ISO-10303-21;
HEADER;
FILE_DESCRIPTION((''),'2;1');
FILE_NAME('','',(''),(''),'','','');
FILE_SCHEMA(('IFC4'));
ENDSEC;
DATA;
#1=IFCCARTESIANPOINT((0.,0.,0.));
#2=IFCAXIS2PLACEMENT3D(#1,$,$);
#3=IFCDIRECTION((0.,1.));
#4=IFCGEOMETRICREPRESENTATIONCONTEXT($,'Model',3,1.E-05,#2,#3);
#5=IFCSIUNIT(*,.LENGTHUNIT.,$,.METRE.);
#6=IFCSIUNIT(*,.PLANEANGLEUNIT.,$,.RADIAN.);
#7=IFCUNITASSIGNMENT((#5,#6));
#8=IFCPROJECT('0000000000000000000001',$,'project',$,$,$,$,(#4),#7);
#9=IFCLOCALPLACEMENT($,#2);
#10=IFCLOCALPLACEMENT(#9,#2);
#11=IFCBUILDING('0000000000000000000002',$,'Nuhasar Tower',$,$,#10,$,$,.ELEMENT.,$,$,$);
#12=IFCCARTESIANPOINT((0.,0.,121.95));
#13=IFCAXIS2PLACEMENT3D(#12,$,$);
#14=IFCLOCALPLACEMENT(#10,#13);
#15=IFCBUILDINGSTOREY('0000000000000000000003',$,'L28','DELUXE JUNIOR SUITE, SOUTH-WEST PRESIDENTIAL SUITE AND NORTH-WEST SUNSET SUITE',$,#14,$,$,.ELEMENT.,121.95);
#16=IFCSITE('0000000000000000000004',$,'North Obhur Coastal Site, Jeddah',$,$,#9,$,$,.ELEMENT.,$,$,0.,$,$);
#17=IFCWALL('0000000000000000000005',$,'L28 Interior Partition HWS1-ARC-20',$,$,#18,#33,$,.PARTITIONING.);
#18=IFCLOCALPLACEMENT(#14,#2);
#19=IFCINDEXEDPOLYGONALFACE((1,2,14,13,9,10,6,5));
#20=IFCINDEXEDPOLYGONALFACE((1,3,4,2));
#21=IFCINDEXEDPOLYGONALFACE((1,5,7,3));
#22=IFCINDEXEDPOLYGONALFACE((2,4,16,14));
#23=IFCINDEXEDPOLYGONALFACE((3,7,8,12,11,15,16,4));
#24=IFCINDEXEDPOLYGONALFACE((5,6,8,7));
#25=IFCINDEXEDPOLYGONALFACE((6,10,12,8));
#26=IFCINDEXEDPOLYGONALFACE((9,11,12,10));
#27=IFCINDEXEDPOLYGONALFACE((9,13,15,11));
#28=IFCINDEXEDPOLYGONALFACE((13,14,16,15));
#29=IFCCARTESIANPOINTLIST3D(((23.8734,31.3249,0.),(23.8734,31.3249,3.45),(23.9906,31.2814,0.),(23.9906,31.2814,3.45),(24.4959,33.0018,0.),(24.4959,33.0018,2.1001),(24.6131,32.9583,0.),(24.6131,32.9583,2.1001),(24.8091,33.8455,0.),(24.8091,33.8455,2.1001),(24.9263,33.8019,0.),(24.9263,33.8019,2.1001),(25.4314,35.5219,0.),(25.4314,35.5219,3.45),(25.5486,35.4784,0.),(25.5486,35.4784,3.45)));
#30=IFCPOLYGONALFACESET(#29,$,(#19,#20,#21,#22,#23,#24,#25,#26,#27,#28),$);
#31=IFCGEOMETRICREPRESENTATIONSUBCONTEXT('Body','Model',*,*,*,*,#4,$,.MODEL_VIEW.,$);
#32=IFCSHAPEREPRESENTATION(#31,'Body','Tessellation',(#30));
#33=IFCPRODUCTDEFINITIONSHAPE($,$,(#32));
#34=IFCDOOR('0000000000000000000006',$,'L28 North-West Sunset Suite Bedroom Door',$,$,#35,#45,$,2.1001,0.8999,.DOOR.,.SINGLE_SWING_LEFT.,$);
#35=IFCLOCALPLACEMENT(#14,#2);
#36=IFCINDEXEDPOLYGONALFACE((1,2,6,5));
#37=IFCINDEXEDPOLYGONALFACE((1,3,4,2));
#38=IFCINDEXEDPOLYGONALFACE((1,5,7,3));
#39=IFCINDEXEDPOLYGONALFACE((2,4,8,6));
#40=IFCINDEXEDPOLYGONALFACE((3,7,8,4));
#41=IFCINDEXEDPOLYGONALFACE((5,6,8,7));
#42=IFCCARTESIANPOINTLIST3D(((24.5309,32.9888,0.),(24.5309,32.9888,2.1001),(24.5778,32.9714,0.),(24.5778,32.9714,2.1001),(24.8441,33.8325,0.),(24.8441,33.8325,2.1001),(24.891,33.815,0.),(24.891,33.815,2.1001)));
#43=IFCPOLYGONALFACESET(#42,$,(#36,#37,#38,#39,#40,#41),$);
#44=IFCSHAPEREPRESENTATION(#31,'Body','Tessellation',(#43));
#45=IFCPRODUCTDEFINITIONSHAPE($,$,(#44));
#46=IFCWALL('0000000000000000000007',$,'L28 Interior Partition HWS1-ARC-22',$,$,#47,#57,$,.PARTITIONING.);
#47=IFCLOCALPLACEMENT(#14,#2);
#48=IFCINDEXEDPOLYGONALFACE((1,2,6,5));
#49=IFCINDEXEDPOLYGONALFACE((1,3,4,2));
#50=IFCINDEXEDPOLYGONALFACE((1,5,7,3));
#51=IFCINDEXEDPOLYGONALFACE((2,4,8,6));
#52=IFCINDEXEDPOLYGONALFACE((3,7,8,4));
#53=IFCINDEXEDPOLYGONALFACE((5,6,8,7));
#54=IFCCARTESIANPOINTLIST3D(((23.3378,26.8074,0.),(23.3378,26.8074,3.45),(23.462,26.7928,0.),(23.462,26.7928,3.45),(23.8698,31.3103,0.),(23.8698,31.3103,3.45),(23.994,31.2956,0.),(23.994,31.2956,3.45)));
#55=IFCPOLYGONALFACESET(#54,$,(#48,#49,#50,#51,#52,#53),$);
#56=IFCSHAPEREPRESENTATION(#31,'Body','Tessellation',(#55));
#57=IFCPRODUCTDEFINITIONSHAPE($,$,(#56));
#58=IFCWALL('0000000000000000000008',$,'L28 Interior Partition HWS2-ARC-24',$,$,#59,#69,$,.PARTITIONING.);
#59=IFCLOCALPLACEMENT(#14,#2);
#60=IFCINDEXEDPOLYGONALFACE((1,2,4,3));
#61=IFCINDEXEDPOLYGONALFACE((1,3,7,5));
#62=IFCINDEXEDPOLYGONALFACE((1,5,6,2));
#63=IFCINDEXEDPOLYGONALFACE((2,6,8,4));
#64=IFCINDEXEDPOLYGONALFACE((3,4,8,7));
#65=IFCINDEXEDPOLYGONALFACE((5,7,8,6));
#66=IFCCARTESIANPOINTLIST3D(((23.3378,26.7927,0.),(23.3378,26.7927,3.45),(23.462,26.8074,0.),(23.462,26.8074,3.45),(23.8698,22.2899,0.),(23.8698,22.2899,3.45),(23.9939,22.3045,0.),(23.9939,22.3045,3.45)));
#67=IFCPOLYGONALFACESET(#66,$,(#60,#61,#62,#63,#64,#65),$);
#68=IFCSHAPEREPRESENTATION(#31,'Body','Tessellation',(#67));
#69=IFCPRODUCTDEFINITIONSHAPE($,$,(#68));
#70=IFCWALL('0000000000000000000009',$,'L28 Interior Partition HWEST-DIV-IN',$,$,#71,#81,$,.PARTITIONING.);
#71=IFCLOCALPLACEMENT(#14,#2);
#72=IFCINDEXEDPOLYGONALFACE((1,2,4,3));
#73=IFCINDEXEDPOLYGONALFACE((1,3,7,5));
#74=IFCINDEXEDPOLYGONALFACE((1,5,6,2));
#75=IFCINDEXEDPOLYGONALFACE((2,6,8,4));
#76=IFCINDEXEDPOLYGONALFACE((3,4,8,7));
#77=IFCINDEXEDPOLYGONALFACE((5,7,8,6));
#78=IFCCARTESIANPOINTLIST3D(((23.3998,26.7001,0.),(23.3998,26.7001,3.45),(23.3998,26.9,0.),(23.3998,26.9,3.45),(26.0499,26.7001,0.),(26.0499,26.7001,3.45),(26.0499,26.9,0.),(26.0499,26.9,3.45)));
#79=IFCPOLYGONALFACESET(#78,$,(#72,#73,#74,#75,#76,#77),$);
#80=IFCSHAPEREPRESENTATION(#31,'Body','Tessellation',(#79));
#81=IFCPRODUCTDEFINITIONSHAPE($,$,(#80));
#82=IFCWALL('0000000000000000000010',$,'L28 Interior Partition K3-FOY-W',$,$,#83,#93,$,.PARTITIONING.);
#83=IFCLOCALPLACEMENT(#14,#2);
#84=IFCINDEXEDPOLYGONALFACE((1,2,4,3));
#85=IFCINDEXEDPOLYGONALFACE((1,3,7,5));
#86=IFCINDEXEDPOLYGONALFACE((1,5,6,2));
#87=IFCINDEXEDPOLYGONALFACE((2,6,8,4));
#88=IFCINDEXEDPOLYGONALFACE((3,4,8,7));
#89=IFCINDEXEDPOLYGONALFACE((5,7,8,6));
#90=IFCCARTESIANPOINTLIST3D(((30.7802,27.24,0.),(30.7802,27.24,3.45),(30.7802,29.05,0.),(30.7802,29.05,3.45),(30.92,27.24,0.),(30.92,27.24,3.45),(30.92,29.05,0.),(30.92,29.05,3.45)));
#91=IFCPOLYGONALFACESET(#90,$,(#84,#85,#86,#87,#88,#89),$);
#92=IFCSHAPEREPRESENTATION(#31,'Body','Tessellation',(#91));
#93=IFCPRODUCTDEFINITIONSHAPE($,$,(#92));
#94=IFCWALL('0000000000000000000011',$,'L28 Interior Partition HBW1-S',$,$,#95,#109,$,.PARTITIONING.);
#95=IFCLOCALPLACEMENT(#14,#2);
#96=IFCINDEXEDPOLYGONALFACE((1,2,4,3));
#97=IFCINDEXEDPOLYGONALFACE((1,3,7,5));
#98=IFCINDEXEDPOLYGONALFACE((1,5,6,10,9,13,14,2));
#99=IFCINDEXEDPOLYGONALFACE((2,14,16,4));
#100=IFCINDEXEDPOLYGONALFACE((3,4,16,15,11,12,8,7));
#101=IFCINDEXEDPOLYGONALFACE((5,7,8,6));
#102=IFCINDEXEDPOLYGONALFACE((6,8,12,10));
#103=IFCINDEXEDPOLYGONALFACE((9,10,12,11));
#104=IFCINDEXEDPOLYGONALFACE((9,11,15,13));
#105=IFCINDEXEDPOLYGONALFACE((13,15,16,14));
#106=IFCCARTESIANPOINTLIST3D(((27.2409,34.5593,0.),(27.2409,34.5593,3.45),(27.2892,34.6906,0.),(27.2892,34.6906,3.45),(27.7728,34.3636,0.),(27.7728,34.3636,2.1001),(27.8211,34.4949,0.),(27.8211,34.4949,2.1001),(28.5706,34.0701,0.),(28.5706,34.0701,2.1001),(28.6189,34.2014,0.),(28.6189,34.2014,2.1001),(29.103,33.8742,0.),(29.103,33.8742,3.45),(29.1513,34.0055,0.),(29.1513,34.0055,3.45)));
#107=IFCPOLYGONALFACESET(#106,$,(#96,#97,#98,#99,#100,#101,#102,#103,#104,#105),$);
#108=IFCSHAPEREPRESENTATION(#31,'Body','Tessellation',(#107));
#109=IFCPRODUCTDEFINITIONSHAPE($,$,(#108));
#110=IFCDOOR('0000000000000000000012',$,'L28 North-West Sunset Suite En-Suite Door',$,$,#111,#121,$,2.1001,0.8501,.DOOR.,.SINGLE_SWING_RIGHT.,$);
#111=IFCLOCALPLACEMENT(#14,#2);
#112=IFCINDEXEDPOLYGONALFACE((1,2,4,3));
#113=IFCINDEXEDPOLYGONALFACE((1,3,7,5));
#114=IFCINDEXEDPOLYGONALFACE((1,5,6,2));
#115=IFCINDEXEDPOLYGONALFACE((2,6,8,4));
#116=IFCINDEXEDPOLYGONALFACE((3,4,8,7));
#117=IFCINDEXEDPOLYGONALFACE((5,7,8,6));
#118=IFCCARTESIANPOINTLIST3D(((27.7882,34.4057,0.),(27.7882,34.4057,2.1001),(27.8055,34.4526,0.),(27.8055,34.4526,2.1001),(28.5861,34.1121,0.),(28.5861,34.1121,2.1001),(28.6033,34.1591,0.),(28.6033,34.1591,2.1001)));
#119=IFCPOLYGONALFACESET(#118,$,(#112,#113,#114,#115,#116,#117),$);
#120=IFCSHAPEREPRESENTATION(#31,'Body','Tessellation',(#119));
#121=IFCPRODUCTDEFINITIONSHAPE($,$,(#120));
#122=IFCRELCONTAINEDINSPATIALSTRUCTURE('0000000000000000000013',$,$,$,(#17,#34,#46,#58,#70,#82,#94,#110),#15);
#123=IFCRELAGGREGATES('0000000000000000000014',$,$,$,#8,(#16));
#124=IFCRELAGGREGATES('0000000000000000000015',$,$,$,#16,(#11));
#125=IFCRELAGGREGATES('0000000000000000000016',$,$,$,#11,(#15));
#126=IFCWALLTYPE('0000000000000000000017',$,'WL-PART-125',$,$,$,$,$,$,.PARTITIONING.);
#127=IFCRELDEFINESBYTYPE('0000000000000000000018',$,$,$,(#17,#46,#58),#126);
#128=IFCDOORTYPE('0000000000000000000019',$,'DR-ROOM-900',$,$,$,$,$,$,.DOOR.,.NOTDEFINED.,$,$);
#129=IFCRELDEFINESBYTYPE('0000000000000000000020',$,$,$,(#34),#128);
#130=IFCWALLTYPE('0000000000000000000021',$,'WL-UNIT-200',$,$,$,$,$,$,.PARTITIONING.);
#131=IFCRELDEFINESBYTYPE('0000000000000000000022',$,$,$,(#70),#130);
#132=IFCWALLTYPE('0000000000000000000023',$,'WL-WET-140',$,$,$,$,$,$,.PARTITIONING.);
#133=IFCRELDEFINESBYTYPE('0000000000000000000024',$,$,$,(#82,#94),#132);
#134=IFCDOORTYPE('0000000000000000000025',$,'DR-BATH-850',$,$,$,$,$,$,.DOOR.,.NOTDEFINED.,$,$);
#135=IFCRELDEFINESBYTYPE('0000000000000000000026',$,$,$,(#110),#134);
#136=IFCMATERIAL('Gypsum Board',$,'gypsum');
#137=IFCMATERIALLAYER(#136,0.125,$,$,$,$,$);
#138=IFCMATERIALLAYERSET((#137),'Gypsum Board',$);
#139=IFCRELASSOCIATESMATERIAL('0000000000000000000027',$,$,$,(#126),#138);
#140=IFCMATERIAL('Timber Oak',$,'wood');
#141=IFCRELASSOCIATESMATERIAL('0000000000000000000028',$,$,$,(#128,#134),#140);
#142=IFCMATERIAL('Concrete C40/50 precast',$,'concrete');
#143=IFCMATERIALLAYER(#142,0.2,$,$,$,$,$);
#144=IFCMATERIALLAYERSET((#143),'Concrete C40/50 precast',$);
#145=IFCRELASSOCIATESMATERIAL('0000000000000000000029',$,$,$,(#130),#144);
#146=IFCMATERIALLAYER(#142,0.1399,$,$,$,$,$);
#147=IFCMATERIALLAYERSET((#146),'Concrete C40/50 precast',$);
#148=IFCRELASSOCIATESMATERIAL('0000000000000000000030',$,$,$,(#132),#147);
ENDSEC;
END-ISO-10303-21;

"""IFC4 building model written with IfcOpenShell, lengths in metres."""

from ifc_helpers import new_model, si_unit, direction, frame, frame_2d, origin, place, context, subcontext, project, spatial, rectangle, extrude, material, layer, layer_set, type_object, element, fill, save


model = new_model("IFC4")

# Units and contexts
model_context = context("Model", 3, precision=1e-05, world=origin(), true_north=direction((0.0, 1.0)))
body_context = subcontext(model_context, "Body", "Model", "MODEL_VIEW")
ifc_project = project(units=[si_unit("LENGTHUNIT", "METRE"), si_unit("PLANEANGLEUNIT", "RADIAN")], contexts=[model_context])

# Site, building, storey
site_placement = place(None, origin())
site = spatial("IfcSite", under=ifc_project, at=site_placement, Name="North Obhur Coastal Site, Jeddah", CompositionType="ELEMENT", RefElevation=0.0)
building_placement = place(site_placement, origin())
building = spatial("IfcBuilding", under=site, at=building_placement, Name="Nuhasar Tower", CompositionType="ELEMENT")
storey_placement = place(building_placement, frame((0.0, 0.0, 121.95)))
storey = spatial("IfcBuildingStorey", under=building, at=storey_placement, Name="L28", Description="DELUXE JUNIOR SUITE, SOUTH-WEST PRESIDENTIAL SUITE AND NORTH-WEST SUNSET SUITE", CompositionType="ELEMENT", Elevation=121.95)

# Shared definitions
ifc_material_1 = material(Name="Gypsum Board", Category="gypsum")

# Shared definitions
ifc_material_2 = material(Name="Timber Oak", Category="wood")

# Shared definitions
ifc_layer_1 = layer(ifc_material_1, 0.125)
ifc_layer_set_1 = layer_set([ifc_layer_1], Name="Gypsum Board")
wall_type_1 = type_object("IfcWallType", Name="WL-PART-125", PredefinedType="PARTITIONING", material=ifc_layer_set_1)

# Wall, opening, door
wall_1_placement = place(storey_placement, frame((25.49, 35.5, 0.0), z_axis=(0.0, 0.0, 1.0), x_axis=(-0.348032, -0.937483, 0.0)))
wall_1 = element("IfcWall", 1, at=wall_1_placement, inside=storey, type_object=wall_type_1, Name="L28 Interior Partition HWS1-ARC-20", PredefinedType="PARTITIONING", context=body_context, shape_type="SweptSolid", body=[
    extrude(rectangle(XDim=4.4768, YDim=0.125, at=frame_2d((2.2383, 0.0))), origin(), (0.0, 0.0, 1.0), 3.45),
])
opening_1_placement = place(wall_1_placement, frame((1.7881, 0.0, 0.0)))
opening_1 = element("IfcOpeningElement", 2, at=opening_1_placement, cuts=wall_1, PredefinedType="OPENING", context=body_context, shape_type="SweptSolid", body=[
    extrude(rectangle(XDim=0.8999, YDim=2.1001, at=frame_2d((0.45, 1.05))), frame((0.0, 0.0725, 0.0), z_axis=(0.0, -1.0, 0.0), x_axis=(1.0, 0.0, 0.0)), (0.0, 0.0, 1.0), 0.145),
])
door_type_1 = type_object("IfcDoorType", Name="DR-ROOM-900", OperationType="NOTDEFINED", PredefinedType="DOOR", material=ifc_material_2)
door_1_placement = place(opening_1_placement, origin())
door_1 = element("IfcDoor", 3, at=door_1_placement, inside=storey, type_object=door_type_1, Name="L28 North-West Sunset Suite Bedroom Door", OperationType="SINGLE_SWING_LEFT", OverallHeight=2.1001, OverallWidth=0.8999, PredefinedType="DOOR", context=body_context, shape_type="SweptSolid", body=[
    extrude(rectangle(XDim=0.8999, YDim=2.1001, at=frame_2d((0.45, 1.05))), frame((0.0, 0.0249, 0.0), z_axis=(0.0, -1.0, 0.0), x_axis=(1.0, 0.0, 0.0)), (0.0, 0.0, 1.0), 0.05),
])
fill(opening_1, door_1)

# Walls
for number, where, z_axis, x_axis, name in (
    (4, (23.9319, 31.303, 0.0), (0.0, 0.0, 1.0), (-0.117325, -0.993094, 0.0), "L28 Interior Partition HWS1-ARC-22"),
    (5, (23.3999, 26.8, 0.0), (0.0, 0.0, 1.0), (0.117325, -0.993094, 0.0), "L28 Interior Partition HWS2-ARC-24"),
):
    element("IfcWall", number, at=place(storey_placement, frame(where, z_axis=z_axis, x_axis=x_axis)), inside=storey, type_object=wall_type_1, Name=name, PredefinedType="PARTITIONING", context=body_context, shape_type="SweptSolid", body=[
        extrude(rectangle(XDim=4.5342, YDim=0.125, at=frame_2d((2.2671, 0.0))), origin(), (0.0, 0.0, 1.0), 3.45),
    ])
ifc_material_3 = material(Name="Concrete C40/50 precast", Category="concrete")
ifc_layer_2 = layer(ifc_material_3, 0.2)
ifc_layer_set_2 = layer_set([ifc_layer_2], Name="Concrete C40/50 precast")
wall_type_2 = type_object("IfcWallType", Name="WL-UNIT-200", PredefinedType="PARTITIONING", material=ifc_layer_set_2)
wall_2_placement = place(storey_placement, frame((26.05, 26.8, 0.0), z_axis=(0.0, 0.0, 1.0), x_axis=(-1.0, 0.0, 0.0)))
element("IfcWall", 6, at=wall_2_placement, inside=storey, type_object=wall_type_2, Name="L28 Interior Partition HWEST-DIV-IN", PredefinedType="PARTITIONING", context=body_context, shape_type="SweptSolid", body=[
    extrude(rectangle(XDim=2.6501, YDim=0.2, at=frame_2d((1.3252, 0.0))), origin(), (0.0, 0.0, 1.0), 3.45),
])
ifc_layer_3 = layer(ifc_material_3, 0.1399)
ifc_layer_set_3 = layer_set([ifc_layer_3], Name="Concrete C40/50 precast")
wall_type_3 = type_object("IfcWallType", Name="WL-WET-140", PredefinedType="PARTITIONING", material=ifc_layer_set_3)
wall_3_placement = place(storey_placement, frame((30.8501, 27.24, 0.0), z_axis=(0.0, 0.0, 1.0), x_axis=(0.0, 1.0, 0.0)))
element("IfcWall", 7, at=wall_3_placement, inside=storey, type_object=wall_type_3, Name="L28 Interior Partition K3-FOY-W", PredefinedType="PARTITIONING", context=body_context, shape_type="SweptSolid", body=[
    extrude(rectangle(XDim=1.8101, YDim=0.1399, at=frame_2d((0.905, 0.0))), origin(), (0.0, 0.0, 1.0), 3.45),
])

# Wall, opening, door
wall_4_placement = place(storey_placement, frame((27.2649, 34.625, 0.0), z_axis=(0.0, 0.0, 1.0), x_axis=(0.938501, -0.345278, 0.0)))
wall_4 = element("IfcWall", 8, at=wall_4_placement, inside=storey, type_object=wall_type_3, Name="L28 Interior Partition HBW1-S", PredefinedType="PARTITIONING", context=body_context, shape_type="SweptSolid", body=[
    extrude(rectangle(XDim=1.9841, YDim=0.1399, at=frame_2d((0.9922, 0.0))), origin(), (0.0, 0.0, 1.0), 3.45),
])
opening_2_placement = place(wall_4_placement, frame((0.5669, 0.0, 0.0)))
opening_2 = element("IfcOpeningElement", 9, at=opening_2_placement, cuts=wall_4, PredefinedType="OPENING", context=body_context, shape_type="SweptSolid", body=[
    extrude(rectangle(XDim=0.8501, YDim=2.1001, at=frame_2d((0.425, 1.05))), frame((0.0, 0.0801, 0.0), z_axis=(0.0, -1.0, 0.0), x_axis=(1.0, 0.0, 0.0)), (0.0, 0.0, 1.0), 0.1599),
])
door_type_2 = type_object("IfcDoorType", Name="DR-BATH-850", OperationType="NOTDEFINED", PredefinedType="DOOR", material=ifc_material_2)
door_2_placement = place(opening_2_placement, origin())
door_2 = element("IfcDoor", 10, at=door_2_placement, inside=storey, type_object=door_type_2, Name="L28 North-West Sunset Suite En-Suite Door", OperationType="SINGLE_SWING_RIGHT", OverallHeight=2.1001, OverallWidth=0.8501, PredefinedType="DOOR", context=body_context, shape_type="SweptSolid", body=[
    extrude(rectangle(XDim=0.8501, YDim=2.1001, at=frame_2d((0.425, 1.05))), frame((0.0, 0.0249, 0.0), z_axis=(0.0, -1.0, 0.0), x_axis=(1.0, 0.0, 0.0)), (0.0, 0.0, 1.0), 0.05),
])
fill(opening_2, door_2)

save(model, "model.ifc")
